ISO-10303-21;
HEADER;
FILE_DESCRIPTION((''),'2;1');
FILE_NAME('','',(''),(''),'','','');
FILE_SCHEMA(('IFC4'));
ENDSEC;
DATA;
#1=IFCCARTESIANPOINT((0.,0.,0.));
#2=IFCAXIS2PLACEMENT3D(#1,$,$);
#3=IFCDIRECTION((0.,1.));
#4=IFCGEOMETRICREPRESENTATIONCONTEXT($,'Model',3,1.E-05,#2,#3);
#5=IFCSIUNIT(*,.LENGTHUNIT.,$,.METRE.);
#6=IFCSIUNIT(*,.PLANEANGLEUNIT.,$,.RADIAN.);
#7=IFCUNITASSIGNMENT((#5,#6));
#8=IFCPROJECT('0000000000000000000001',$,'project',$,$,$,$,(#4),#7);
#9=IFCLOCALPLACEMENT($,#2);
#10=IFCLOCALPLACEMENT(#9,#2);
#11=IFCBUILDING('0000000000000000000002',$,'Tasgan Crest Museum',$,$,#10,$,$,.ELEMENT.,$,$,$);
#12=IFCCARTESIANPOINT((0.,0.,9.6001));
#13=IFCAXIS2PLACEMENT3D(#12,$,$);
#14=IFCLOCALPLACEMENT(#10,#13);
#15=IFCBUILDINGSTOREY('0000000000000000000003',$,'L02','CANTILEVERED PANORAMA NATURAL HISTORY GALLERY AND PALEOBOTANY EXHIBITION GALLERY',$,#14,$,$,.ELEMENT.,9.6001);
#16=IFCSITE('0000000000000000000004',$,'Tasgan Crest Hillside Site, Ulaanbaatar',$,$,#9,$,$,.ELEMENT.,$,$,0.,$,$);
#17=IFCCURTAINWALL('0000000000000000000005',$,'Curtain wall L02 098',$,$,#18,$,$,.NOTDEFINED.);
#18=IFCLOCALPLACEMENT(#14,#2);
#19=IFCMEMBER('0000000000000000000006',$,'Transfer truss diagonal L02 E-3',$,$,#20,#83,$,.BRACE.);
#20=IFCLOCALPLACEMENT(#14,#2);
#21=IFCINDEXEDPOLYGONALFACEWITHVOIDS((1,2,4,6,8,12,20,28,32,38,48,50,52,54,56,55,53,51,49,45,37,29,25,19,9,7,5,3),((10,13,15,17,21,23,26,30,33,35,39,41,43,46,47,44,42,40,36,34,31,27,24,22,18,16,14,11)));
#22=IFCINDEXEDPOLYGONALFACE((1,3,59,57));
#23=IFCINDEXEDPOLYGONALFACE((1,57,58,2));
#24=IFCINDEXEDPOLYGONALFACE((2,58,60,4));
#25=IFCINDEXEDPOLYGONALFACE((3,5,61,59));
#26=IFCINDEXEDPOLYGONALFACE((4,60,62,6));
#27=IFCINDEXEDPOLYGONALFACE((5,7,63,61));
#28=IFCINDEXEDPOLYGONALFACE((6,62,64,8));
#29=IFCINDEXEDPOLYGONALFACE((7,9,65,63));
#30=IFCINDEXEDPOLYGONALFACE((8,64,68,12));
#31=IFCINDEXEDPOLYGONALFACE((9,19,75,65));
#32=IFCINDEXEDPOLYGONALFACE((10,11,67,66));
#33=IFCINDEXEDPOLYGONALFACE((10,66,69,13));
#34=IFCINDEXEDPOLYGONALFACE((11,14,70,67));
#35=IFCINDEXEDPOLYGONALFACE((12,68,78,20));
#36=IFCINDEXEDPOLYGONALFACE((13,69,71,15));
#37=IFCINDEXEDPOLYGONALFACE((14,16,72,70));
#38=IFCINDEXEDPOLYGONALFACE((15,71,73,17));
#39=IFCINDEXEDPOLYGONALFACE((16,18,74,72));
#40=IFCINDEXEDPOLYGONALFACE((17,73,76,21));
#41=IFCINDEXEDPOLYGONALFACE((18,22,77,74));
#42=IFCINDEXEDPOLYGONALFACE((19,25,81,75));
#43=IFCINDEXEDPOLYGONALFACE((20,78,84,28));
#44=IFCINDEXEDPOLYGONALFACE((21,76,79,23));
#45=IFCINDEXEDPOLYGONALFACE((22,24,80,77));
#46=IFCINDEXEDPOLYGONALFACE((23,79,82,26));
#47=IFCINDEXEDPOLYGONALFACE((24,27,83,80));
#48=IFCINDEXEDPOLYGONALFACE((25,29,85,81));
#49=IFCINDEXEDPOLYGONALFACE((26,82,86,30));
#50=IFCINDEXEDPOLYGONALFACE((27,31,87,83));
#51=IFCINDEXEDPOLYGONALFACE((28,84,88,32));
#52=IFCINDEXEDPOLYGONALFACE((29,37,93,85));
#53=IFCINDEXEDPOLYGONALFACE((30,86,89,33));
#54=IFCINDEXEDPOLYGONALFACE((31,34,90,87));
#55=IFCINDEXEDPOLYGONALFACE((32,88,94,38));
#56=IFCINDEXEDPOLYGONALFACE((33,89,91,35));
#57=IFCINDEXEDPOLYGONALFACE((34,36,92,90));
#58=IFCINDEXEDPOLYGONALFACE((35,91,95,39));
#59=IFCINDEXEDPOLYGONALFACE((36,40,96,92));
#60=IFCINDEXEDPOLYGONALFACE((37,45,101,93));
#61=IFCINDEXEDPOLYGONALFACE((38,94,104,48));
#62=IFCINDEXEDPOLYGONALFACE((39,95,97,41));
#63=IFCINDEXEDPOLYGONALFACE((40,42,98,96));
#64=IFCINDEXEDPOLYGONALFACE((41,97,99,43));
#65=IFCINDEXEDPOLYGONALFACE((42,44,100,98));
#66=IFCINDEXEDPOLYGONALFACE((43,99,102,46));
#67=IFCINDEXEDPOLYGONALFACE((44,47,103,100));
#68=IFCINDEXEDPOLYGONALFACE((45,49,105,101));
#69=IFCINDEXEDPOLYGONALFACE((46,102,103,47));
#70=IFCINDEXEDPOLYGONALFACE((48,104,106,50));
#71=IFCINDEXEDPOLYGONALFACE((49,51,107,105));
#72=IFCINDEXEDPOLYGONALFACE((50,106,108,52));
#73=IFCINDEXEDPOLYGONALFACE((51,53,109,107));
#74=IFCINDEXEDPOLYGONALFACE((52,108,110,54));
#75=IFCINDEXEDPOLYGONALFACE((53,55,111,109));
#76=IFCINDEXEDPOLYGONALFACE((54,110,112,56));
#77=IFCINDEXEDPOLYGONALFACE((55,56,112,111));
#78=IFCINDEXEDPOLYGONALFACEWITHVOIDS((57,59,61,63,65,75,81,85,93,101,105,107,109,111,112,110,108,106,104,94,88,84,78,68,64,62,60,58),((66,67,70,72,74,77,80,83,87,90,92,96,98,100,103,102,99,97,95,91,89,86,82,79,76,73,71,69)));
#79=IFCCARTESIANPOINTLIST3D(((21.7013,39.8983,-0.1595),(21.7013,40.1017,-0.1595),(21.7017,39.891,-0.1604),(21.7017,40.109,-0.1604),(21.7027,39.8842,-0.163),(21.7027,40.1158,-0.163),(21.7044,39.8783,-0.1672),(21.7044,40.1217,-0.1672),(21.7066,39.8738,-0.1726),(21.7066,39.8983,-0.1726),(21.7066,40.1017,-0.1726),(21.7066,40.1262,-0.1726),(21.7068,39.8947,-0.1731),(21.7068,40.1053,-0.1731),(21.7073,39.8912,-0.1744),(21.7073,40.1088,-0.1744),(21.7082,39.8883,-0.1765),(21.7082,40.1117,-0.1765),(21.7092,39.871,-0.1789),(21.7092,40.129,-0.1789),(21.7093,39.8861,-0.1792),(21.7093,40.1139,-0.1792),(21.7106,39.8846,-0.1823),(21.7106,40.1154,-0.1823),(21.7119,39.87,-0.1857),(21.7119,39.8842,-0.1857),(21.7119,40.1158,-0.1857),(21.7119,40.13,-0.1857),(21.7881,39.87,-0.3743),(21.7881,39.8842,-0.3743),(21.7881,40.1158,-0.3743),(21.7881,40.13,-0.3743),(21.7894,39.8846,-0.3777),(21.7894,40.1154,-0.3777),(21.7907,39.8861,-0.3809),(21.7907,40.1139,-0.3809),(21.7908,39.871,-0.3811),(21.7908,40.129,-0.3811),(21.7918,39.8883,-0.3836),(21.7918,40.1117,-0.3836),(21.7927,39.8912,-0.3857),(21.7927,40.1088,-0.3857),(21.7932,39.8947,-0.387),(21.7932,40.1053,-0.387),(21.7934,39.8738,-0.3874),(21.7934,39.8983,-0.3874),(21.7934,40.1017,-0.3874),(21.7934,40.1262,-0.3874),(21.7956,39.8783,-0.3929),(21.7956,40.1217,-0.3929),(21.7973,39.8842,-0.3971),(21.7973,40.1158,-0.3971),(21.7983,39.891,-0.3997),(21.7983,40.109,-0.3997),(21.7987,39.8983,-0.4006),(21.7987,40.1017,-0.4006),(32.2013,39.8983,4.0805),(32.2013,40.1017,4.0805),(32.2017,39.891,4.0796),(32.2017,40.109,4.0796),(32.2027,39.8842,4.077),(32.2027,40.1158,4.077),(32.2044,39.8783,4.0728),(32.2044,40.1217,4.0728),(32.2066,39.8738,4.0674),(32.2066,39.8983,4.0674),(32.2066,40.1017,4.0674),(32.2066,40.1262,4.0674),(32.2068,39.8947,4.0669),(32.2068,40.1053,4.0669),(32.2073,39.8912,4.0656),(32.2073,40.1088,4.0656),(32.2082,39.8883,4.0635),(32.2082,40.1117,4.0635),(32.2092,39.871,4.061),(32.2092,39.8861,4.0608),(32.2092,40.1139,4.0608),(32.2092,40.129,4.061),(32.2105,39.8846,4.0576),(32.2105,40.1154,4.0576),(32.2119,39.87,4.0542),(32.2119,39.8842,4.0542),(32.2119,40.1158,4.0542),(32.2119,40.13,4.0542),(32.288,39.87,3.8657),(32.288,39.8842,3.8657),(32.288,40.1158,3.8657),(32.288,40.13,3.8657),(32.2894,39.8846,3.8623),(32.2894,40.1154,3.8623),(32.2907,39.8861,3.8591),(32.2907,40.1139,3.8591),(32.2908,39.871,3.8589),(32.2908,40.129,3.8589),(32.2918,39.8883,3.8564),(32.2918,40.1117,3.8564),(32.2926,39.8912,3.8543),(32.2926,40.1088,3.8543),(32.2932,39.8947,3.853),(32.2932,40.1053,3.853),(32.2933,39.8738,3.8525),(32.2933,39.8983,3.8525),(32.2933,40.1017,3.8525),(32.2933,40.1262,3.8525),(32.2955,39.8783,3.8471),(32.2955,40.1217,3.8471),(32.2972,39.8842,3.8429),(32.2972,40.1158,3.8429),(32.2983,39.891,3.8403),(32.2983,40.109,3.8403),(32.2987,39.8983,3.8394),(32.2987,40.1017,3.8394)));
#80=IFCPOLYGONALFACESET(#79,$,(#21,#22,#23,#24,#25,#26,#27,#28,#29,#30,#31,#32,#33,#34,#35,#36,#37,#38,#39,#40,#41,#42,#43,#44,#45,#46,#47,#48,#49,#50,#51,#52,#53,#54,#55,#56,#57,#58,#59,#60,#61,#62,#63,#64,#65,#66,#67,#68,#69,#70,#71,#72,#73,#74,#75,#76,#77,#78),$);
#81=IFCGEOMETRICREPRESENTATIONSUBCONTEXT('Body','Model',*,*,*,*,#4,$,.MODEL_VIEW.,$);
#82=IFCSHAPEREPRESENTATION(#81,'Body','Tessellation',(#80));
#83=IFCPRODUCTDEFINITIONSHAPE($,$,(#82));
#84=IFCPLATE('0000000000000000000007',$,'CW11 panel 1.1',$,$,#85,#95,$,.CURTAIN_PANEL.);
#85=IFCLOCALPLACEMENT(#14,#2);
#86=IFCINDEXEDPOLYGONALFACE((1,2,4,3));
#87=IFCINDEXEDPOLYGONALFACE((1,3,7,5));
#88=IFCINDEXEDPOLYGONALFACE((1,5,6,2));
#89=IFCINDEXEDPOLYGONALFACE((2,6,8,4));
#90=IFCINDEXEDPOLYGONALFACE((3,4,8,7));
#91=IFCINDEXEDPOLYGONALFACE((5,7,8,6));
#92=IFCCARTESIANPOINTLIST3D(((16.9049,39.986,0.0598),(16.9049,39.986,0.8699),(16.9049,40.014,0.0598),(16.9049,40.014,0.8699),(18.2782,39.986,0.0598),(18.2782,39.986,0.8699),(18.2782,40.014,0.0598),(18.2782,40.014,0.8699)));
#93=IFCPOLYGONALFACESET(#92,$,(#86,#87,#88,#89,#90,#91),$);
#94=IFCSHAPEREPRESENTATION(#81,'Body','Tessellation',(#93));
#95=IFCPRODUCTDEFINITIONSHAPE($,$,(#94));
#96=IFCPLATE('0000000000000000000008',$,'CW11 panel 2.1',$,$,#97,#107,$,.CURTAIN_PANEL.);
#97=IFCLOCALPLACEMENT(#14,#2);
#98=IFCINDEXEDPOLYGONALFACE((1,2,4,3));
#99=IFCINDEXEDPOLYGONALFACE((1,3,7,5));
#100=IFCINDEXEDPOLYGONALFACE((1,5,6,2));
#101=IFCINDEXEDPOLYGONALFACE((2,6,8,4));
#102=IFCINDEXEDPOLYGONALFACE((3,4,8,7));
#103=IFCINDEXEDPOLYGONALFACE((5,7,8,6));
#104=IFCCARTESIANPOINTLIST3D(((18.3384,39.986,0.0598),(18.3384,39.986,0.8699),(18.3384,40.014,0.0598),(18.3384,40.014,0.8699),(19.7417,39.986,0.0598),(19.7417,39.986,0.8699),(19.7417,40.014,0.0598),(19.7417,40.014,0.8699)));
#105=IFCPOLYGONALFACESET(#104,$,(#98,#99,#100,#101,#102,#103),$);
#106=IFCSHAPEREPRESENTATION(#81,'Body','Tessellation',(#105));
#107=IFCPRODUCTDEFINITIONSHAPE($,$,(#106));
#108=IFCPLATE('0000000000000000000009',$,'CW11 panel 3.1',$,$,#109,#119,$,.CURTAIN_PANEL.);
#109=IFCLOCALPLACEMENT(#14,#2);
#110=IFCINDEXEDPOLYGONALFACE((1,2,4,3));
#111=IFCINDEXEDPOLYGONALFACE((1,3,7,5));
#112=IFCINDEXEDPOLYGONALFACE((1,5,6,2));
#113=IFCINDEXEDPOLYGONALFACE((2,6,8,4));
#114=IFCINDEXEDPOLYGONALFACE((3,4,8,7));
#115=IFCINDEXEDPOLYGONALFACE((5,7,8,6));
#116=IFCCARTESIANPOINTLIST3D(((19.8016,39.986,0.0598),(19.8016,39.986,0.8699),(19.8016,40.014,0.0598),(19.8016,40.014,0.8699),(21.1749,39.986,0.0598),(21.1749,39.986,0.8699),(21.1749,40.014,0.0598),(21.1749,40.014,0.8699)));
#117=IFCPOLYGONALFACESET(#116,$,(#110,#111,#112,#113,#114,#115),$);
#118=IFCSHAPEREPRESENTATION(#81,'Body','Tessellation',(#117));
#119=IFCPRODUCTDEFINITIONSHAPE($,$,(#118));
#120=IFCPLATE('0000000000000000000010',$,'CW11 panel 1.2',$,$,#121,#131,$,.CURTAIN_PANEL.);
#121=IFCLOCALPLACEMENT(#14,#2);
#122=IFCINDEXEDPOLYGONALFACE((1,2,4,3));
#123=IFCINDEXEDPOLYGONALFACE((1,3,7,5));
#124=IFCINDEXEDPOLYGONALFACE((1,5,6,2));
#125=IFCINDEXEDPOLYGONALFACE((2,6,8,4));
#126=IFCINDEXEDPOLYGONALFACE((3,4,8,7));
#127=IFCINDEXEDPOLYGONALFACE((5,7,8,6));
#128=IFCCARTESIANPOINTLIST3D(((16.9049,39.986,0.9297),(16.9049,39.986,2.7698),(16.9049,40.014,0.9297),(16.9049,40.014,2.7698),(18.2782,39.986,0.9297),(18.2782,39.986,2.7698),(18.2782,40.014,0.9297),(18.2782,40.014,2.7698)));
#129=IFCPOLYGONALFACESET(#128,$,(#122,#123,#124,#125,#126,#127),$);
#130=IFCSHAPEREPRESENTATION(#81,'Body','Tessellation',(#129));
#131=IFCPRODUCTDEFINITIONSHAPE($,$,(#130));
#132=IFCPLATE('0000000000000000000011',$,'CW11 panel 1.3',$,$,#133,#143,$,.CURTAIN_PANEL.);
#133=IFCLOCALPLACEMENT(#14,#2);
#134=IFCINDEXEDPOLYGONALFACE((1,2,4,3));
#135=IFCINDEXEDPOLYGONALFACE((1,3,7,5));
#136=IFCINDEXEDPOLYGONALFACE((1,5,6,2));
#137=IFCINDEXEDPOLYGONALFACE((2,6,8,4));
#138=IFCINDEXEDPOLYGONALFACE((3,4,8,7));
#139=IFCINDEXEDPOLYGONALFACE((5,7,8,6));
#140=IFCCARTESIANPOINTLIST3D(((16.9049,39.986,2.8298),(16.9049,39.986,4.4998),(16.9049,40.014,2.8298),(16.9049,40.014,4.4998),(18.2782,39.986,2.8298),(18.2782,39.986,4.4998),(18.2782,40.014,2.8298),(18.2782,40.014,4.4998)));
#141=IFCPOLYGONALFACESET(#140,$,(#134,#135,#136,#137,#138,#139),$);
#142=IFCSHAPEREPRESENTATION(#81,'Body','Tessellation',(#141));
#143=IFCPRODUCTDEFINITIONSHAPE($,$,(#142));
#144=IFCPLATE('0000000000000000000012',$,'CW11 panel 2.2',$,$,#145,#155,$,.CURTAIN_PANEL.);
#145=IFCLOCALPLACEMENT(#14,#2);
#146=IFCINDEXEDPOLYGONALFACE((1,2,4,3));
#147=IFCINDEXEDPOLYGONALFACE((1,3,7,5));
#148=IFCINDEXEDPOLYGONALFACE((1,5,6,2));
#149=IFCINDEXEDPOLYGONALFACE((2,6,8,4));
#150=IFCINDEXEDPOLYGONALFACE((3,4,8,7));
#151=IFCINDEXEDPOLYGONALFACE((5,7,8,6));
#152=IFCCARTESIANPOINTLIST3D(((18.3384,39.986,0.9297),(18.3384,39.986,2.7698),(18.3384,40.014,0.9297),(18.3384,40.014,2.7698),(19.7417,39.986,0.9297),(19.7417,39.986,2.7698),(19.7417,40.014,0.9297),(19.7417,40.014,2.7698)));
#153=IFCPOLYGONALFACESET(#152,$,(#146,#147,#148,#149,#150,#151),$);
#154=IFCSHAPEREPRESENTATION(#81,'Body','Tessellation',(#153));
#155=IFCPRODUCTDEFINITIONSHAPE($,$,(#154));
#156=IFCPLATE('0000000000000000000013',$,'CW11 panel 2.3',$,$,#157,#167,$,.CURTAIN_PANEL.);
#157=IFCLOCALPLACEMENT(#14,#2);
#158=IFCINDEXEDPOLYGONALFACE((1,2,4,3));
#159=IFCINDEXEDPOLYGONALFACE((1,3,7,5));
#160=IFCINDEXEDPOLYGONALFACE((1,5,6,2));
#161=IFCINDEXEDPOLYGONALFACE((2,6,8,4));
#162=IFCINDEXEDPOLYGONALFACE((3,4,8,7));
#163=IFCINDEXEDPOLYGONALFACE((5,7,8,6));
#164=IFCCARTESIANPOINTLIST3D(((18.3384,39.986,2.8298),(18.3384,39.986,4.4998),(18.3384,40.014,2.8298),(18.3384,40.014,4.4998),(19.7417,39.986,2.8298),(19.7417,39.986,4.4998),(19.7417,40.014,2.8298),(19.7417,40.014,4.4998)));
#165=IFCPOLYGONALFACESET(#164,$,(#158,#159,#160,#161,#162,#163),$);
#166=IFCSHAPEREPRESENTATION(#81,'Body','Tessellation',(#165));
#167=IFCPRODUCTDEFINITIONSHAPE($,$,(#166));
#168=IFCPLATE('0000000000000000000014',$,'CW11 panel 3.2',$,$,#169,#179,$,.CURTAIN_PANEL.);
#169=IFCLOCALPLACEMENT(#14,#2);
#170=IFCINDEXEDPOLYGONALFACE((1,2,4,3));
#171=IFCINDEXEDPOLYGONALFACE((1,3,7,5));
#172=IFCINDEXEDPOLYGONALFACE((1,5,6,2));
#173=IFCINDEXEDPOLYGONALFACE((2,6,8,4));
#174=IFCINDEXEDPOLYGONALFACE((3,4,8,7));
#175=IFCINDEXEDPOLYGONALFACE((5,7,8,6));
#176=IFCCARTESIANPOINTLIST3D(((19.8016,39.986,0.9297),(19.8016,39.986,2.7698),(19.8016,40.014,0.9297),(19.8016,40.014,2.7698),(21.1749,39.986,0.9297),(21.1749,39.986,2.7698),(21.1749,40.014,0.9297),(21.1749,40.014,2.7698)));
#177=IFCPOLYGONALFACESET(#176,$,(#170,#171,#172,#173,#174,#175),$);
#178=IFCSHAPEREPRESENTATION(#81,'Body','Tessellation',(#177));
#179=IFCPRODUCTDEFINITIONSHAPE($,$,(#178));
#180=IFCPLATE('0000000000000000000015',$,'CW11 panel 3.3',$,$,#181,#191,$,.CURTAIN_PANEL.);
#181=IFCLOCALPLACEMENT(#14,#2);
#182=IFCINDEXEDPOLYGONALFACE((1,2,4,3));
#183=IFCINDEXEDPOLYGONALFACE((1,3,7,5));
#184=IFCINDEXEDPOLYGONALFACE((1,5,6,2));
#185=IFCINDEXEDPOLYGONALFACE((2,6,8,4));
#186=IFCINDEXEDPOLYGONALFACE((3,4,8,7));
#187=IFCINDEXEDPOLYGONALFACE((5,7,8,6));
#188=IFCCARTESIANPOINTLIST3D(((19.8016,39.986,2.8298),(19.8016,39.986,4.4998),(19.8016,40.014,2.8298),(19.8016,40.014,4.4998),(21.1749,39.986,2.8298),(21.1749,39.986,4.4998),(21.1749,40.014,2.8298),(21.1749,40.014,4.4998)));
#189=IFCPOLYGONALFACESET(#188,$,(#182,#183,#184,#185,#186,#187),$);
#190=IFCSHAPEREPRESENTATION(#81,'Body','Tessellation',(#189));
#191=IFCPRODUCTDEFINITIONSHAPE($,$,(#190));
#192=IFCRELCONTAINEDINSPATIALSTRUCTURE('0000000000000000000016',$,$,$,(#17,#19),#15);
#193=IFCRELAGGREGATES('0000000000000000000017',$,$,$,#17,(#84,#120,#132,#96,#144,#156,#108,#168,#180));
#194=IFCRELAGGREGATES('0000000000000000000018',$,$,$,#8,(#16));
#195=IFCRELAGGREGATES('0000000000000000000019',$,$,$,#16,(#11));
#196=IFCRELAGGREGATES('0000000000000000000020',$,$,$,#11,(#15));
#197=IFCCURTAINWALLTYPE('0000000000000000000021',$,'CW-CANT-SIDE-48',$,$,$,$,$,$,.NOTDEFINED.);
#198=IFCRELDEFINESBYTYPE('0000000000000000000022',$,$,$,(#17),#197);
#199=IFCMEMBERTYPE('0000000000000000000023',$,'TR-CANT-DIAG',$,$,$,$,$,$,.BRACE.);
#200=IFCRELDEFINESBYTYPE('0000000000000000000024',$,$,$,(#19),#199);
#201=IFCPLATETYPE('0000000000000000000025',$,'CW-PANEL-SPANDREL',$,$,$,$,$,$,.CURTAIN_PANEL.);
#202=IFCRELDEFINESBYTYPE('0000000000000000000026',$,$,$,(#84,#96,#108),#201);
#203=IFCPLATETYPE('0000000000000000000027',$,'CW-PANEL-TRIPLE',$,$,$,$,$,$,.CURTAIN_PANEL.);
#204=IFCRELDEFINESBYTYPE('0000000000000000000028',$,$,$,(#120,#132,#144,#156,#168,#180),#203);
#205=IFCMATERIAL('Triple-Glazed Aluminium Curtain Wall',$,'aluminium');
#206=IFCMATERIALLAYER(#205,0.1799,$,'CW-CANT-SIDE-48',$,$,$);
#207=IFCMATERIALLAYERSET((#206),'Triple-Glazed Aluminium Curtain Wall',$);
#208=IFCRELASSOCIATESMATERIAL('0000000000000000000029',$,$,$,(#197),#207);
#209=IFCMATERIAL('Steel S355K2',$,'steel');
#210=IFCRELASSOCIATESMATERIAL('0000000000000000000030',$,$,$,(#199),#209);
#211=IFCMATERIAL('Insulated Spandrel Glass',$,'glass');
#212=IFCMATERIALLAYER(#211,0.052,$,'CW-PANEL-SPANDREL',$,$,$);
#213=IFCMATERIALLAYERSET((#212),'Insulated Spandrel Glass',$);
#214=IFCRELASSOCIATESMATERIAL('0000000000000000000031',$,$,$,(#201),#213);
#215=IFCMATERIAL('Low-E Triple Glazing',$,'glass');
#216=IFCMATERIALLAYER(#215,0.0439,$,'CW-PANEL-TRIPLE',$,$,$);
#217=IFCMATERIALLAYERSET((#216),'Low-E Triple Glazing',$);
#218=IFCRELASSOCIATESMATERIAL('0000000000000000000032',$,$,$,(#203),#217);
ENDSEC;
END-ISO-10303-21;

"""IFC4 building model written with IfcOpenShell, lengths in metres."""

from ifc_helpers import new_model, si_unit, direction, frame, origin, origin_2d, place, context, subcontext, project, spatial, rectangle, hollow_rectangle, extrude, material, layer, layer_set, material_profile, profile_set, type_object, element, aggregate, save


model = new_model("IFC4")

# Units and contexts
model_context = context("Model", 3, precision=1e-05, world=origin(), true_north=direction((0.0, 1.0)))
body_context = subcontext(model_context, "Body", "Model", "MODEL_VIEW")
ifc_project = project(units=[si_unit("LENGTHUNIT", "METRE"), si_unit("PLANEANGLEUNIT", "RADIAN")], contexts=[model_context])

# Site, building, storey
site_placement = place(None, origin())
site = spatial("IfcSite", under=ifc_project, at=site_placement, Name="Tasgan Crest Hillside Site, Ulaanbaatar", CompositionType="ELEMENT", RefElevation=0.0)
building_placement = place(site_placement, origin())
building = spatial("IfcBuilding", under=site, at=building_placement, Name="Tasgan Crest Museum", CompositionType="ELEMENT")
storey_placement = place(building_placement, frame((0.0, 0.0, 9.6001)))
storey = spatial("IfcBuildingStorey", under=building, at=storey_placement, Name="L02", Description="CANTILEVERED PANORAMA NATURAL HISTORY GALLERY AND PALEOBOTANY EXHIBITION GALLERY", CompositionType="ELEMENT", Elevation=9.6001)

# Curtain wall
ifc_material_1 = material(Name="Triple-Glazed Aluminium Curtain Wall", Category="aluminium")
ifc_layer_1 = layer(ifc_material_1, 0.1799, Name="CW-CANT-SIDE-48")
ifc_layer_set_1 = layer_set([ifc_layer_1], Name="Triple-Glazed Aluminium Curtain Wall")
curtain_wall_type = type_object("IfcCurtainWallType", Name="CW-CANT-SIDE-48", PredefinedType="NOTDEFINED", material=ifc_layer_set_1)
curtain_wall_placement = place(storey_placement, origin())
curtain_wall = element("IfcCurtainWall", 1, at=curtain_wall_placement, inside=storey, type_object=curtain_wall_type, Name="Curtain wall L02 098", PredefinedType="NOTDEFINED")

# Member
ifc_material_2 = material(Name="Steel S355K2", Category="steel")
ifc_material_profile_1 = material_profile(ifc_material_2, hollow_rectangle(XDim=0.26, YDim=0.26, WallThickness=0.0142, InnerFilletRadius=0.0142, OuterFilletRadius=0.0283, at=origin_2d()), Name="SHS 260x260x14.2")
ifc_profile_set_1 = profile_set([ifc_material_profile_1], Name="Steel S355K2")
member_type_1 = type_object("IfcMemberType", Name="TR-CANT-DIAG", PredefinedType="BRACE", material=ifc_profile_set_1)
member_1_placement = place(storey_placement, frame((21.75, 40.0, -0.28), z_axis=(0.927254, 0.0, 0.374433), x_axis=(0.0, 1.0, 0.0)))
element("IfcMember", 2, at=member_1_placement, inside=storey, type_object=member_type_1, Name="Transfer truss diagonal L02 E-3", PredefinedType="BRACE", context=body_context, shape_type="SweptSolid", body=[
    extrude(hollow_rectangle(XDim=0.26, YDim=0.26, WallThickness=0.0142, InnerFilletRadius=0.0142, OuterFilletRadius=0.0283, at=origin_2d()), origin(), (0.0, 0.0, 1.0), 11.3237),
])

# Plates
ifc_material_3 = material(Name="Insulated Spandrel Glass", Category="glass")
ifc_layer_2 = layer(ifc_material_3, 0.052, Name="CW-PANEL-SPANDREL")
ifc_layer_set_2 = layer_set([ifc_layer_2], Name="Insulated Spandrel Glass")
plate_type_1 = type_object("IfcPlateType", Name="CW-PANEL-SPANDREL", PredefinedType="CURTAIN_PANEL", material=ifc_layer_set_2)
plate_1_placement = place(storey_placement, frame((17.5916, 40.0, 0.0598), z_axis=(0.0, 0.0, 1.0), x_axis=(1.0, 0.0, 0.0)))
plate_1 = element("IfcPlate", 3, at=plate_1_placement, type_object=plate_type_1, Name="CW11 panel 1.1", PredefinedType="CURTAIN_PANEL", context=body_context, shape_type="SweptSolid", body=[
    extrude(rectangle(XDim=1.3733, YDim=0.0281, at=origin_2d()), origin(), (0.0, 0.0, 1.0), 0.8101),
])
plate_2_placement = place(storey_placement, frame((19.04, 40.0, 0.0598), z_axis=(0.0, 0.0, 1.0), x_axis=(1.0, 0.0, 0.0)))
plate_2 = element("IfcPlate", 4, at=plate_2_placement, type_object=plate_type_1, Name="CW11 panel 2.1", PredefinedType="CURTAIN_PANEL", context=body_context, shape_type="SweptSolid", body=[
    extrude(rectangle(XDim=1.4033, YDim=0.0281, at=origin_2d()), origin(), (0.0, 0.0, 1.0), 0.8101),
])
plate_3_placement = place(storey_placement, frame((20.4883, 40.0, 0.0598), z_axis=(0.0, 0.0, 1.0), x_axis=(1.0, 0.0, 0.0)))
plate_3 = element("IfcPlate", 5, at=plate_3_placement, type_object=plate_type_1, Name="CW11 panel 3.1", PredefinedType="CURTAIN_PANEL", context=body_context, shape_type="SweptSolid", body=[
    extrude(rectangle(XDim=1.3733, YDim=0.0281, at=origin_2d()), origin(), (0.0, 0.0, 1.0), 0.8101),
])
ifc_material_4 = material(Name="Low-E Triple Glazing", Category="glass")
ifc_layer_3 = layer(ifc_material_4, 0.0439, Name="CW-PANEL-TRIPLE")
ifc_layer_set_3 = layer_set([ifc_layer_3], Name="Low-E Triple Glazing")
plate_type_2 = type_object("IfcPlateType", Name="CW-PANEL-TRIPLE", PredefinedType="CURTAIN_PANEL", material=ifc_layer_set_3)
plate_4_placement = place(storey_placement, frame((17.5916, 40.0, 0.9297), z_axis=(0.0, 0.0, 1.0), x_axis=(1.0, 0.0, 0.0)))
plate_4 = element("IfcPlate", 6, at=plate_4_placement, type_object=plate_type_2, Name="CW11 panel 1.2", PredefinedType="CURTAIN_PANEL", context=body_context, shape_type="SweptSolid", body=[
    extrude(rectangle(XDim=1.3733, YDim=0.0281, at=origin_2d()), origin(), (0.0, 0.0, 1.0), 1.8401),
])
plate_5_placement = place(storey_placement, frame((17.5916, 40.0, 2.8298), z_axis=(0.0, 0.0, 1.0), x_axis=(1.0, 0.0, 0.0)))
plate_5 = element("IfcPlate", 7, at=plate_5_placement, type_object=plate_type_2, Name="CW11 panel 1.3", PredefinedType="CURTAIN_PANEL", context=body_context, shape_type="SweptSolid", body=[
    extrude(rectangle(XDim=1.3733, YDim=0.0281, at=origin_2d()), origin(), (0.0, 0.0, 1.0), 1.6699),
])
plate_6_placement = place(storey_placement, frame((19.04, 40.0, 0.9297), z_axis=(0.0, 0.0, 1.0), x_axis=(1.0, 0.0, 0.0)))
plate_6 = element("IfcPlate", 8, at=plate_6_placement, type_object=plate_type_2, Name="CW11 panel 2.2", PredefinedType="CURTAIN_PANEL", context=body_context, shape_type="SweptSolid", body=[
    extrude(rectangle(XDim=1.4033, YDim=0.0281, at=origin_2d()), origin(), (0.0, 0.0, 1.0), 1.8401),
])
plate_7_placement = place(storey_placement, frame((19.04, 40.0, 2.8298), z_axis=(0.0, 0.0, 1.0), x_axis=(1.0, 0.0, 0.0)))
plate_7 = element("IfcPlate", 9, at=plate_7_placement, type_object=plate_type_2, Name="CW11 panel 2.3", PredefinedType="CURTAIN_PANEL", context=body_context, shape_type="SweptSolid", body=[
    extrude(rectangle(XDim=1.4033, YDim=0.0281, at=origin_2d()), origin(), (0.0, 0.0, 1.0), 1.6699),
])
plate_8_placement = place(storey_placement, frame((20.4883, 40.0, 0.9297), z_axis=(0.0, 0.0, 1.0), x_axis=(1.0, 0.0, 0.0)))
plate_8 = element("IfcPlate", 10, at=plate_8_placement, type_object=plate_type_2, Name="CW11 panel 3.2", PredefinedType="CURTAIN_PANEL", context=body_context, shape_type="SweptSolid", body=[
    extrude(rectangle(XDim=1.3733, YDim=0.0281, at=origin_2d()), origin(), (0.0, 0.0, 1.0), 1.8401),
])
plate_9_placement = place(storey_placement, frame((20.4883, 40.0, 2.8298), z_axis=(0.0, 0.0, 1.0), x_axis=(1.0, 0.0, 0.0)))
plate_9 = element("IfcPlate", 11, at=plate_9_placement, type_object=plate_type_2, Name="CW11 panel 3.3", PredefinedType="CURTAIN_PANEL", context=body_context, shape_type="SweptSolid", body=[
    extrude(rectangle(XDim=1.3733, YDim=0.0281, at=origin_2d()), origin(), (0.0, 0.0, 1.0), 1.6699),
])
aggregate(curtain_wall, [plate_1, plate_4, plate_5, plate_2, plate_6, plate_7, plate_3, plate_8, plate_9])

save(model, "model.ifc")
